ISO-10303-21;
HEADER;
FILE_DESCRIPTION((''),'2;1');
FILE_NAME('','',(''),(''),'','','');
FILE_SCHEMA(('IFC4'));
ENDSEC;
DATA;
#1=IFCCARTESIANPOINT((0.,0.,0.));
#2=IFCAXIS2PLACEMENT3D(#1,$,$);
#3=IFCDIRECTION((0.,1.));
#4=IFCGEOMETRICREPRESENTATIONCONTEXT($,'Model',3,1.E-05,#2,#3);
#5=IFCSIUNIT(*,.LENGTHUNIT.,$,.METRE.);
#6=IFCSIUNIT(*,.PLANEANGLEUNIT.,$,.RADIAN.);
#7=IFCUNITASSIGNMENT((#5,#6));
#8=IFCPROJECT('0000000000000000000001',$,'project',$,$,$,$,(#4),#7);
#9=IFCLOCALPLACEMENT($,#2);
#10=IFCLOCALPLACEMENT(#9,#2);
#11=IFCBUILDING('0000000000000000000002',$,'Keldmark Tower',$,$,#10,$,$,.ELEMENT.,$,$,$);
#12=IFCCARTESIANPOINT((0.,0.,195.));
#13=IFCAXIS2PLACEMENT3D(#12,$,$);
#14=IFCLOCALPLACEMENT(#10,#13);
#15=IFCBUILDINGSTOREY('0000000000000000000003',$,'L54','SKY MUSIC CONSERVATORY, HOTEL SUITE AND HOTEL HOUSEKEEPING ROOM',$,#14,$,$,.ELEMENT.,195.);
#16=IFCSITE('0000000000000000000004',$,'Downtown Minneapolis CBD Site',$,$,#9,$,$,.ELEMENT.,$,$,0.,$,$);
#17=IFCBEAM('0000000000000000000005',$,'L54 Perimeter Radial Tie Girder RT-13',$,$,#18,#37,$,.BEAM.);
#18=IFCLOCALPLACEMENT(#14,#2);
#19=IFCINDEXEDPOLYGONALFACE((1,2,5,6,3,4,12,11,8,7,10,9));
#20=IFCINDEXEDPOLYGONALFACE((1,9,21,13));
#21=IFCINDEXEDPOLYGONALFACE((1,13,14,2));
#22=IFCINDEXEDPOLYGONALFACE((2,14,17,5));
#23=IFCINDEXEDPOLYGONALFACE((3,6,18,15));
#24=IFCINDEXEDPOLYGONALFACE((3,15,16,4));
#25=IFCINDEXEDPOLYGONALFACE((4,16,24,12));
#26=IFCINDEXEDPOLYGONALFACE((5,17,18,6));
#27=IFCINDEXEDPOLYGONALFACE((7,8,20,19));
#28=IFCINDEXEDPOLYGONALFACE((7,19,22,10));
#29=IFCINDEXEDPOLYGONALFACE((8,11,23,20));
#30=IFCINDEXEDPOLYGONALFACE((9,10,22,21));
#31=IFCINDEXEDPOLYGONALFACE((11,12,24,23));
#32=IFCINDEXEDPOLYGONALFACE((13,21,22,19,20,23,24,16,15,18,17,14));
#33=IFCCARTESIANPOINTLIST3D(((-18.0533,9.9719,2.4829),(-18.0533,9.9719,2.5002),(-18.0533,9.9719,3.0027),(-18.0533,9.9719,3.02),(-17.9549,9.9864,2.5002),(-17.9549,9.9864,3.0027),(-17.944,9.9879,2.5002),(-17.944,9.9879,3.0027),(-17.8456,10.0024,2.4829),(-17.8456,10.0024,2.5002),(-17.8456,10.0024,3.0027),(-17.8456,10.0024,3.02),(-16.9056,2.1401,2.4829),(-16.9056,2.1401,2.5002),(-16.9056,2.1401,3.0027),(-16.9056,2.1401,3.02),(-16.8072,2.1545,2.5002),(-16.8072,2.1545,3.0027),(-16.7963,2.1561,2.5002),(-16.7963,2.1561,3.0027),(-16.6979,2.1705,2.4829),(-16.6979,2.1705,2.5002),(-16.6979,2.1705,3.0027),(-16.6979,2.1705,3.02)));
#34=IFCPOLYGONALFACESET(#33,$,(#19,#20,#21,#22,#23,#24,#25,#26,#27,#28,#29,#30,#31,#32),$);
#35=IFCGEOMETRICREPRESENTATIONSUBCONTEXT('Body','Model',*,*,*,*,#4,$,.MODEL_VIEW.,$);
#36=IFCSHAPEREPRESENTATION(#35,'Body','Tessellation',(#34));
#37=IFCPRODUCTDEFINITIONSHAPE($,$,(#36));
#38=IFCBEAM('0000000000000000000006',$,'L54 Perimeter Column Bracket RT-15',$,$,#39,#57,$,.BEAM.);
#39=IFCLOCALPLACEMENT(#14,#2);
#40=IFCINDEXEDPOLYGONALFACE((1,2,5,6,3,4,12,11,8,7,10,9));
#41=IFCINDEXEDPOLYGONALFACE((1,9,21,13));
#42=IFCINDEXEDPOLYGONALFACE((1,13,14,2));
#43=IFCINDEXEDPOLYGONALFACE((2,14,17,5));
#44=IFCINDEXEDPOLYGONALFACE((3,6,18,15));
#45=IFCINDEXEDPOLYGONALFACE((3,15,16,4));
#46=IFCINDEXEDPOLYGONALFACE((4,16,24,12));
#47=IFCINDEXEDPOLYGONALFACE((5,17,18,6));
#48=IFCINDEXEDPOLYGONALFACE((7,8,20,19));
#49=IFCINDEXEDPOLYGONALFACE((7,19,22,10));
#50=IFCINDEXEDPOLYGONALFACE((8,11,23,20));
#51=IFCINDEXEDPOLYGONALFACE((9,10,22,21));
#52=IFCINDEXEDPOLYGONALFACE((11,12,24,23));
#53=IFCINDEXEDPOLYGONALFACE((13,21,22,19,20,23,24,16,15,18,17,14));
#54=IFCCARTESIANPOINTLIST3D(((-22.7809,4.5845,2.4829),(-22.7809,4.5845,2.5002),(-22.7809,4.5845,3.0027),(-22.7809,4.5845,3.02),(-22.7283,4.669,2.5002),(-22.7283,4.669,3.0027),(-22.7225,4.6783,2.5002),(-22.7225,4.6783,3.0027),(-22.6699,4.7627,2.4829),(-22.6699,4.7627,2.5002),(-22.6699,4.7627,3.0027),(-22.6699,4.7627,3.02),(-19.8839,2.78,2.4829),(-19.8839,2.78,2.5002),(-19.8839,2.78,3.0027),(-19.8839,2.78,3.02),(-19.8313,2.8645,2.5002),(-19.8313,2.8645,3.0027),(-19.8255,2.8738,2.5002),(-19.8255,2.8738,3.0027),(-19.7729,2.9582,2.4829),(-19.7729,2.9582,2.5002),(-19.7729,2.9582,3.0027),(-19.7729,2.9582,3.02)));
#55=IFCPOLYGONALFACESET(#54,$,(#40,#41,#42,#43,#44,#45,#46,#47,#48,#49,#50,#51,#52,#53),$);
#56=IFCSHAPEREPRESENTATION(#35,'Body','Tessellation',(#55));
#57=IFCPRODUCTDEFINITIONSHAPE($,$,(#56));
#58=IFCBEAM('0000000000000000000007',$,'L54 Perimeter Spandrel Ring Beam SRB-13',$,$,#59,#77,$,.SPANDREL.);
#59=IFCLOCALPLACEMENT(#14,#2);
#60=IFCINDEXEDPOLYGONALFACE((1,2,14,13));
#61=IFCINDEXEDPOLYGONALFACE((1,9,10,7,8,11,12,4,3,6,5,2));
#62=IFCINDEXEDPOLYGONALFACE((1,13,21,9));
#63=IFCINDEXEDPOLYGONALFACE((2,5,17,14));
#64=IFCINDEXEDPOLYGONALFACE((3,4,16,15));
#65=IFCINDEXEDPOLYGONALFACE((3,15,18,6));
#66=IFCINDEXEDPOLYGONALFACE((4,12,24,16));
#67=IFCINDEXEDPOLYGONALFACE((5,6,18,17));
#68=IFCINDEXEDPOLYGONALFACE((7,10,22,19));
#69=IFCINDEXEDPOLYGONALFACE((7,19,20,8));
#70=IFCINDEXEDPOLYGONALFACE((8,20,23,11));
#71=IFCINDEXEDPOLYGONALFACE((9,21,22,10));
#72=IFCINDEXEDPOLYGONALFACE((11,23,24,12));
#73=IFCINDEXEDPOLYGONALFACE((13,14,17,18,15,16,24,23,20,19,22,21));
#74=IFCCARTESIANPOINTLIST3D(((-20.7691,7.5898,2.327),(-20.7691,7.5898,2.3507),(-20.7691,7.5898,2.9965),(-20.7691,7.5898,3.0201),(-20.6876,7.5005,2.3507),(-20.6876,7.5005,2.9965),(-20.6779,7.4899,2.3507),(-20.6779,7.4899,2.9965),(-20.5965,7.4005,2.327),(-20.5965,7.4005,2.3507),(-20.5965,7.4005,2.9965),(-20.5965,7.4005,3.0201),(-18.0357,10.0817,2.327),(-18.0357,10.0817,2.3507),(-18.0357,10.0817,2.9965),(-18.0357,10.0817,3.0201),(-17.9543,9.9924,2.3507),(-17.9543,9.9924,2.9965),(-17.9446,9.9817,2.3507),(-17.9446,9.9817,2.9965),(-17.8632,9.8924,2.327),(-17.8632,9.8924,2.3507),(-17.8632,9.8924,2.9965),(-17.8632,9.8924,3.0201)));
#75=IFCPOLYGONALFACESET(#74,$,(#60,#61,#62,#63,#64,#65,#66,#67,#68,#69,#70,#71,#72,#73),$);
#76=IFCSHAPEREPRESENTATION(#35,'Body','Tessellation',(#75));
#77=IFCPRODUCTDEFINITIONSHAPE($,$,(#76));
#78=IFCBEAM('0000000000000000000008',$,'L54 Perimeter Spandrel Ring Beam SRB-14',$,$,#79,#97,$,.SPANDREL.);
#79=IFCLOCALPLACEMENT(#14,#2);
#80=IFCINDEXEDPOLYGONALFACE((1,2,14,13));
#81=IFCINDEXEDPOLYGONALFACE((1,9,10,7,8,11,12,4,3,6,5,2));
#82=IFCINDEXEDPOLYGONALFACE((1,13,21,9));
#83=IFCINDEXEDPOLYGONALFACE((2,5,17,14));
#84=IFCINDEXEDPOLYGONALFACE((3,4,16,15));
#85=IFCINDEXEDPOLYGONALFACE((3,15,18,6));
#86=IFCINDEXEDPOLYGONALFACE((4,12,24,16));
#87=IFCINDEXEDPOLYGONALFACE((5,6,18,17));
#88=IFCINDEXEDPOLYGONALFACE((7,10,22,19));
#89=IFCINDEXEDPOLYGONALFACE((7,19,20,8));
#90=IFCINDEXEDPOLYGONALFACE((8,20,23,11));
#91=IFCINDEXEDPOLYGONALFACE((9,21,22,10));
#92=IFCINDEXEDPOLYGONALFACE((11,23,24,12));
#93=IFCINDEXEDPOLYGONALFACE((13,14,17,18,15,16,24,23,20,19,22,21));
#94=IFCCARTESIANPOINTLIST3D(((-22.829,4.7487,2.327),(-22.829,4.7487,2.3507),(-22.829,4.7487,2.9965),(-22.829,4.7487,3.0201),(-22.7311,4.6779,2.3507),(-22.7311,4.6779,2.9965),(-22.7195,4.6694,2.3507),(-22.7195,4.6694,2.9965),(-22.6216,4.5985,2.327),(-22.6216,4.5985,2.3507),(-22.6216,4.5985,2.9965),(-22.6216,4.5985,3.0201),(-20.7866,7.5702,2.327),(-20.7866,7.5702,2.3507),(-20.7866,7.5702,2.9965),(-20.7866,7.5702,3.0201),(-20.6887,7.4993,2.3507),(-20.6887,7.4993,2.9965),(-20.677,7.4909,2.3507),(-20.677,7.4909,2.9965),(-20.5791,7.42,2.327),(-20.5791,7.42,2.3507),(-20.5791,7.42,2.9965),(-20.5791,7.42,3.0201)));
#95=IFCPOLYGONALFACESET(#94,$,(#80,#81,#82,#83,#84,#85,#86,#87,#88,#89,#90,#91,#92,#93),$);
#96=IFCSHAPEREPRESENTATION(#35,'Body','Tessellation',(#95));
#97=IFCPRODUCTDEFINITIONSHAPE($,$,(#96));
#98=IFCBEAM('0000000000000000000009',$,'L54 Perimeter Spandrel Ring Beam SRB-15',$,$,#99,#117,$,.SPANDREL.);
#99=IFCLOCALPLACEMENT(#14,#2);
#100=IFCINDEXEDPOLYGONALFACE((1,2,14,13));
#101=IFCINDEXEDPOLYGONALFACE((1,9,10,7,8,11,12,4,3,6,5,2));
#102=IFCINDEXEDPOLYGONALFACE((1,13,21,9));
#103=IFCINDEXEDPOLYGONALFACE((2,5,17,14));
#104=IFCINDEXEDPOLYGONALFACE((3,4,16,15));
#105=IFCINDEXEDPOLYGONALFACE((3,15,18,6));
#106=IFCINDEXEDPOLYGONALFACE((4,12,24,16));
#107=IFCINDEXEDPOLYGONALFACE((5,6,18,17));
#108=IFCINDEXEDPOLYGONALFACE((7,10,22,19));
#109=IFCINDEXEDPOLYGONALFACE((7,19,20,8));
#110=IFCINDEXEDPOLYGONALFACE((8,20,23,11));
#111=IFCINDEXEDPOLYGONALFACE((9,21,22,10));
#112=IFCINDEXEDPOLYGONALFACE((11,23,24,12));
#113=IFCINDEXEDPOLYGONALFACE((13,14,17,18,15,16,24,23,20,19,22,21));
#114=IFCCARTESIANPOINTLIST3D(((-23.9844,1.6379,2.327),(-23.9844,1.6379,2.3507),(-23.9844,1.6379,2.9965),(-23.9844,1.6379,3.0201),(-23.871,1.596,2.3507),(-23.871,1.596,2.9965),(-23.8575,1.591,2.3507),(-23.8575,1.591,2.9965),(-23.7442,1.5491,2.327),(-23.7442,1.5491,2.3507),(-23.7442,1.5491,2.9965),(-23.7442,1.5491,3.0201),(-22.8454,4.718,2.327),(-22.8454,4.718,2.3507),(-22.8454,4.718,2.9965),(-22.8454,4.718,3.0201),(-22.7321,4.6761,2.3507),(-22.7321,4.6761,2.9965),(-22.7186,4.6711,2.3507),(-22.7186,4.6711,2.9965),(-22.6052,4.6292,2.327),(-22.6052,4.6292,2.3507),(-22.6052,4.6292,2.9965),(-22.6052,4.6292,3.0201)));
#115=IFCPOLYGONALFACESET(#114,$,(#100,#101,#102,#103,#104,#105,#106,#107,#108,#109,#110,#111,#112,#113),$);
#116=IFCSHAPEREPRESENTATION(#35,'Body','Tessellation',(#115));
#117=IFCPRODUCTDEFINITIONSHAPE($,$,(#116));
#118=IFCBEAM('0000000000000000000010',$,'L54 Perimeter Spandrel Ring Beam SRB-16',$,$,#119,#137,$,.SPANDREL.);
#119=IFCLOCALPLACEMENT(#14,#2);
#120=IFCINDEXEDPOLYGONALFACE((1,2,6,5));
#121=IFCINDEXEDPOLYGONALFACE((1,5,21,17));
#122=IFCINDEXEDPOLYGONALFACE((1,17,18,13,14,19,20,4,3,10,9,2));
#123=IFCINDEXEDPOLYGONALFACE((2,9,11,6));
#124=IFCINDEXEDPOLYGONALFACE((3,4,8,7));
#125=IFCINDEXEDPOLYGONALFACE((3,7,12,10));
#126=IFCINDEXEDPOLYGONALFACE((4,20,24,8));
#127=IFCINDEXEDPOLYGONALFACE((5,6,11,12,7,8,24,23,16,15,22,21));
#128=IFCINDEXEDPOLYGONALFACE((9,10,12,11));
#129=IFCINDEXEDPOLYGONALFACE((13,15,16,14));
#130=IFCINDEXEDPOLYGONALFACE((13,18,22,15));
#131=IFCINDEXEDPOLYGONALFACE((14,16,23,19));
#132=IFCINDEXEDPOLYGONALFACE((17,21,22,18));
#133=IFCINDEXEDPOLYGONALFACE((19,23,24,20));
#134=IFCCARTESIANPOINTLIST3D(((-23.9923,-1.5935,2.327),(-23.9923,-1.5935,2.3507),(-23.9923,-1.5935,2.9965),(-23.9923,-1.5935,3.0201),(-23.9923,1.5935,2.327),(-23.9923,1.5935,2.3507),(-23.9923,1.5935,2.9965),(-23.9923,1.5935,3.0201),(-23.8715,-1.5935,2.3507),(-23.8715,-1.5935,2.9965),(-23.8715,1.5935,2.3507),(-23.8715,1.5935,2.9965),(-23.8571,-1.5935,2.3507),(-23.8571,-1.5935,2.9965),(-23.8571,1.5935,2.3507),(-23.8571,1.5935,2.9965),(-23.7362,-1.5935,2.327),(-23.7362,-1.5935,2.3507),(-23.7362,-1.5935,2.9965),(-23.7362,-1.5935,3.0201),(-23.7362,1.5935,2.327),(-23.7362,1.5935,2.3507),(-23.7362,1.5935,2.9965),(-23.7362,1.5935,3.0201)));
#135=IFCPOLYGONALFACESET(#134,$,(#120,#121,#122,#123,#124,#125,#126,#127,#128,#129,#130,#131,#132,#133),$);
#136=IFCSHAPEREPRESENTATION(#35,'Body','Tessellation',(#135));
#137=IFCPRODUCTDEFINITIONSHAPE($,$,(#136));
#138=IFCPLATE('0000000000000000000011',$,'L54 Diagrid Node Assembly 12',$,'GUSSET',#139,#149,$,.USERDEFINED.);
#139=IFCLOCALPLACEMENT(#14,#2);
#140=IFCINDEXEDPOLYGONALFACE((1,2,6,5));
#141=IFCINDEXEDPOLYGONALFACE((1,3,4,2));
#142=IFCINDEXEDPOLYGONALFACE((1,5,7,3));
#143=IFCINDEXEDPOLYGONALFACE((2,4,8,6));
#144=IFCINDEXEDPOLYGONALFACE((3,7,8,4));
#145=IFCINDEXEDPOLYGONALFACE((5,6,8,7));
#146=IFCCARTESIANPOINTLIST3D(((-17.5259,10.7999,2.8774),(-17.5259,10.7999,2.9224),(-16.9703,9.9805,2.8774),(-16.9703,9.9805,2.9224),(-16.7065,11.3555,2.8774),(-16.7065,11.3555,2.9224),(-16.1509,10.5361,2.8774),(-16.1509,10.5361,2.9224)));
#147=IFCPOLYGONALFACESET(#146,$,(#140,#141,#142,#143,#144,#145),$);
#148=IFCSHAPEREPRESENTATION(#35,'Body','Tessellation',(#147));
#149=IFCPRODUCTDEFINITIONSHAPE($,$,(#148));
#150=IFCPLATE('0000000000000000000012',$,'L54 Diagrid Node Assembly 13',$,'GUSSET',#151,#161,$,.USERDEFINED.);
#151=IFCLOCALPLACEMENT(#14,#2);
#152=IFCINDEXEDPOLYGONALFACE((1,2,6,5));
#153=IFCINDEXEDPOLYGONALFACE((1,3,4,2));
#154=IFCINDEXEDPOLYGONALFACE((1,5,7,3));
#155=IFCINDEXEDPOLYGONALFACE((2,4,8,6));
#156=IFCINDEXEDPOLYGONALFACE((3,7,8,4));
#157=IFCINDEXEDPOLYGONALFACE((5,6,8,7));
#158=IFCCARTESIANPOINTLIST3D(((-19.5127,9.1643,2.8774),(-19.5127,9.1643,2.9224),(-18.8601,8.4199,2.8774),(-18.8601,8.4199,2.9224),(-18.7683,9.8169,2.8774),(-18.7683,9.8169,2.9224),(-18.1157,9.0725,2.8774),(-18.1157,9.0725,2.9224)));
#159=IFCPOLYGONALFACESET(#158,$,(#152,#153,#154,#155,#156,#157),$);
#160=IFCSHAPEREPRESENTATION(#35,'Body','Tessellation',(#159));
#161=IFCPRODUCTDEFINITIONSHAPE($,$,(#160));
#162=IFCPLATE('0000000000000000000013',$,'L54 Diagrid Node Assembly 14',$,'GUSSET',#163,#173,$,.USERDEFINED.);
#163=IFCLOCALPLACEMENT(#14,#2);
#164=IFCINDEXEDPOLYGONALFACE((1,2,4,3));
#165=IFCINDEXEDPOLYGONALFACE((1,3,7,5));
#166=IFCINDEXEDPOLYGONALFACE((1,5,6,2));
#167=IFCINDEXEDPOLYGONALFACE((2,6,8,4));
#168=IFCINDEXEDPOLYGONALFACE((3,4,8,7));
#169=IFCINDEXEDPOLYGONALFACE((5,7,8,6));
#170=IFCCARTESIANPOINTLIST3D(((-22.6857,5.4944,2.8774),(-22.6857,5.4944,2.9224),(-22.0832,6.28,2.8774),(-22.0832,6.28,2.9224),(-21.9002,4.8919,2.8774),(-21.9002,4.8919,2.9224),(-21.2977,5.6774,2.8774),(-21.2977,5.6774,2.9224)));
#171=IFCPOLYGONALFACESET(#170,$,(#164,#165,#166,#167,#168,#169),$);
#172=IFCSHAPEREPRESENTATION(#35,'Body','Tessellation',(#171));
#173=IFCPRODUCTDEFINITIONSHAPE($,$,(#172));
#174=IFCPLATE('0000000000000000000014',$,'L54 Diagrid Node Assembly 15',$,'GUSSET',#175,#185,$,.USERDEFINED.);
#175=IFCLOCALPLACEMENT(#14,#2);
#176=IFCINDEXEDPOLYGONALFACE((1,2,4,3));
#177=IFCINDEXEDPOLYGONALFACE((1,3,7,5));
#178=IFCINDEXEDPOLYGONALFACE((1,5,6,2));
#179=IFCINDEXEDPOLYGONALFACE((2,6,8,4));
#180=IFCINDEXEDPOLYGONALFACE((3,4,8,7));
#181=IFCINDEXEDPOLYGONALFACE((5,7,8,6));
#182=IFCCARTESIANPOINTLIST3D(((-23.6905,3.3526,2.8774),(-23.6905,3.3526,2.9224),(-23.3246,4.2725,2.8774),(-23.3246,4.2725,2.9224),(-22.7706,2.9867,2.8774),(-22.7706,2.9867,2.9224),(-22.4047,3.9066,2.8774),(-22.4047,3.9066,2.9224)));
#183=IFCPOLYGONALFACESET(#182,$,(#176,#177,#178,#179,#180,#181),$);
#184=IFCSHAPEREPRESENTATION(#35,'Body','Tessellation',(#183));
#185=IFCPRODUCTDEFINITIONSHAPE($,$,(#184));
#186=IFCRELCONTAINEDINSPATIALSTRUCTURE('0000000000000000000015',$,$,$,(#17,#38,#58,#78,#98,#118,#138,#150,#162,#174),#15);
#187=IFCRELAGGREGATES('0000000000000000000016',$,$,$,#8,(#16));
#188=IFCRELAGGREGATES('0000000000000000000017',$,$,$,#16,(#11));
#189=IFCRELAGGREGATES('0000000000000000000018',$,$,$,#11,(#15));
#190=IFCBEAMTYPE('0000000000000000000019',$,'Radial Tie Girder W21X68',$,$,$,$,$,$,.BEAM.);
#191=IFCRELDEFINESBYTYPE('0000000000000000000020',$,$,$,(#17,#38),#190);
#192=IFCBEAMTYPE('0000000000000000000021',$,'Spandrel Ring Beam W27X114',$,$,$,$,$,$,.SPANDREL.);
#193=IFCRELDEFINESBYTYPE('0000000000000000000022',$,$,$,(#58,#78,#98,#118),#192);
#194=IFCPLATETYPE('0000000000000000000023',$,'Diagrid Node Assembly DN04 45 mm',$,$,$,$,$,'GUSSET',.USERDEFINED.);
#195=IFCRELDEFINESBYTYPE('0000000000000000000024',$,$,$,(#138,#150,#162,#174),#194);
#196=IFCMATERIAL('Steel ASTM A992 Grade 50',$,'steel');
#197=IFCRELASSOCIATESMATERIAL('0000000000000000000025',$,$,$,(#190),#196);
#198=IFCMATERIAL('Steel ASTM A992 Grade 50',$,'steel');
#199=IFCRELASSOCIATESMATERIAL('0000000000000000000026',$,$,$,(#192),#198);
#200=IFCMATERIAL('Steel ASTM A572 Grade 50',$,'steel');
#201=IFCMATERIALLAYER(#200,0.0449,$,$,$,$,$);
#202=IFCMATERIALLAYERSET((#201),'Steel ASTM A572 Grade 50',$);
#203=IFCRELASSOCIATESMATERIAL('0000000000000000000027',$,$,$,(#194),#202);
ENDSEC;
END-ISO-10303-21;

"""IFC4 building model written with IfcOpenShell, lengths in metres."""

from ifc_helpers import new_model, si_unit, direction, frame, origin, origin_2d, place, context, subcontext, project, spatial, rectangle, i_section, extrude, material, layer, layer_set, material_profile, profile_set, type_object, element, save


model = new_model("IFC4")

# Units and contexts
model_context = context("Model", 3, precision=1e-05, world=origin(), true_north=direction((0.0, 1.0)))
body_context = subcontext(model_context, "Body", "Model", "MODEL_VIEW")
ifc_project = project(units=[si_unit("LENGTHUNIT", "METRE"), si_unit("PLANEANGLEUNIT", "RADIAN")], contexts=[model_context])

# Site, building, storey
site_placement = place(None, origin())
site = spatial("IfcSite", under=ifc_project, at=site_placement, Name="Downtown Minneapolis CBD Site", CompositionType="ELEMENT", RefElevation=0.0)
building_placement = place(site_placement, origin())
building = spatial("IfcBuilding", under=site, at=building_placement, Name="Keldmark Tower", CompositionType="ELEMENT")
storey_placement = place(building_placement, frame((0.0, 0.0, 195.0)))
storey = spatial("IfcBuildingStorey", under=building, at=storey_placement, Name="L54", Description="SKY MUSIC CONSERVATORY, HOTEL SUITE AND HOTEL HOUSEKEEPING ROOM", CompositionType="ELEMENT", Elevation=195.0)

# Beams
ifc_material_1 = material(Name="Steel ASTM A992 Grade 50", Category="steel")
ifc_material_profile_1 = material_profile(ifc_material_1, i_section(OverallWidth=0.21, OverallDepth=0.5371, WebThickness=0.011, FlangeThickness=0.0173, at=origin_2d()), Name="W21X68")
ifc_profile_set_1 = profile_set([ifc_material_profile_1], Name="Steel ASTM A992 Grade 50")
beam_type_1 = type_object("IfcBeamType", Name="Radial Tie Girder W21X68", PredefinedType="BEAM", material=ifc_profile_set_1)
beam_1_placement = place(storey_placement, frame((-16.8018, 2.1553, 2.7515), z_axis=(-0.144996, 0.989432, 0.0), x_axis=(-0.989432, -0.144996, 0.0)))
element("IfcBeam", 1, at=beam_1_placement, inside=storey, type_object=beam_type_1, Name="L54 Perimeter Radial Tie Girder RT-13", PredefinedType="BEAM", context=body_context, shape_type="SweptSolid", body=[
    extrude(i_section(OverallWidth=0.21, OverallDepth=0.5371, WebThickness=0.011, FlangeThickness=0.0173, at=origin_2d()), origin(), (0.0, 0.0, 1.0), 7.9155),
])
beam_2_placement = place(storey_placement, frame((-19.8284, 2.8691, 2.7515), z_axis=(-0.848809, 0.528699, 0.0), x_axis=(-0.528699, -0.848809, 0.0)))
element("IfcBeam", 2, at=beam_2_placement, inside=storey, type_object=beam_type_1, Name="L54 Perimeter Column Bracket RT-15", PredefinedType="BEAM", context=body_context, shape_type="SweptSolid", body=[
    extrude(i_section(OverallWidth=0.21, OverallDepth=0.5371, WebThickness=0.011, FlangeThickness=0.0173, at=origin_2d()), origin(), (0.0, 0.0, 1.0), 3.4131),
])
ifc_material_2 = material(Name="Steel ASTM A992 Grade 50", Category="steel")
ifc_material_profile_2 = material_profile(ifc_material_2, i_section(OverallWidth=0.2561, OverallDepth=0.6931, WebThickness=0.0144, FlangeThickness=0.0237, at=origin_2d()), Name="W27X114")
ifc_profile_set_2 = profile_set([ifc_material_profile_2], Name="Steel ASTM A992 Grade 50")
beam_type_2 = type_object("IfcBeamType", Name="Spandrel Ring Beam W27X114", PredefinedType="SPANDREL", material=ifc_profile_set_2)
beam_3_placement = place(storey_placement, frame((-17.9495, 9.9871, 2.6736), z_axis=(-0.738993, -0.673714, 0.0), x_axis=(0.673714, -0.738993, 0.0)))
element("IfcBeam", 3, at=beam_3_placement, inside=storey, type_object=beam_type_2, Name="L54 Perimeter Spandrel Ring Beam SRB-13", PredefinedType="SPANDREL", context=body_context, shape_type="SweptSolid", body=[
    extrude(i_section(OverallWidth=0.2561, OverallDepth=0.6931, WebThickness=0.0144, FlangeThickness=0.0237, at=origin_2d()), origin(), (0.0, 0.0, 1.0), 3.6987),
])
beam_4_placement = place(storey_placement, frame((-20.6829, 7.4951, 2.6736), z_axis=(-0.586378, -0.810037, 0.0), x_axis=(0.810037, -0.586378, 0.0)))
element("IfcBeam", 4, at=beam_4_placement, inside=storey, type_object=beam_type_2, Name="L54 Perimeter Spandrel Ring Beam SRB-14", PredefinedType="SPANDREL", context=body_context, shape_type="SweptSolid", body=[
    extrude(i_section(OverallWidth=0.2561, OverallDepth=0.6931, WebThickness=0.0144, FlangeThickness=0.0237, at=origin_2d()), origin(), (0.0, 0.0, 1.0), 3.4832),
])
beam_5_placement = place(storey_placement, frame((-22.7253, 4.6736, 2.6736), z_axis=(-0.346818, -0.937932, 0.0), x_axis=(0.937932, -0.346818, 0.0)))
element("IfcBeam", 5, at=beam_5_placement, inside=storey, type_object=beam_type_2, Name="L54 Perimeter Spandrel Ring Beam SRB-15", PredefinedType="SPANDREL", context=body_context, shape_type="SweptSolid", body=[
    extrude(i_section(OverallWidth=0.2561, OverallDepth=0.6931, WebThickness=0.0144, FlangeThickness=0.0237, at=origin_2d()), origin(), (0.0, 0.0, 1.0), 3.2839),
])
beam_6_placement = place(storey_placement, frame((-23.8643, 1.5935, 2.6736), z_axis=(0.0, -1.0, 0.0), x_axis=(1.0, 0.0, 0.0)))
element("IfcBeam", 6, at=beam_6_placement, inside=storey, type_object=beam_type_2, Name="L54 Perimeter Spandrel Ring Beam SRB-16", PredefinedType="SPANDREL", context=body_context, shape_type="SweptSolid", body=[
    extrude(i_section(OverallWidth=0.2561, OverallDepth=0.6931, WebThickness=0.0144, FlangeThickness=0.0237, at=origin_2d()), origin(), (0.0, 0.0, 1.0), 3.187),
])

# Plates
ifc_material_3 = material(Name="Steel ASTM A572 Grade 50", Category="steel")
ifc_layer_1 = layer(ifc_material_3, 0.0449)
ifc_layer_set_1 = layer_set([ifc_layer_1], Name="Steel ASTM A572 Grade 50")
plate_type = type_object("IfcPlateType", Name="Diagrid Node Assembly DN04 45 mm", ElementType="GUSSET", PredefinedType="USERDEFINED", material=ifc_layer_set_1)
for number, where, z_axis, x_axis, name in (
    (7, (-16.8384, 10.668, 2.8774), (0.0, 0.0, 1.0), (-0.827669, -0.561217, 0.0), "L54 Diagrid Node Assembly 12"),
    (8, (-18.8142, 9.1184, 2.8774), (0.0, 0.0, 1.0), (-0.751955, -0.659215, 0.0), "L54 Diagrid Node Assembly 13"),
    (9, (-21.9917, 5.5859, 2.8774), (0.0, 0.0, 1.0), (-0.608623, -0.79346, 0.0), "L54 Diagrid Node Assembly 14"),
    (10, (-23.0476, 3.6296, 2.8774), (0.0, 0.0, 1.0), (-0.369585, -0.929197, 0.0), "L54 Diagrid Node Assembly 15"),
):
    element("IfcPlate", number, at=place(storey_placement, frame(where, z_axis=z_axis, x_axis=x_axis)), inside=storey, type_object=plate_type, Name=name, ObjectType="GUSSET", PredefinedType="USERDEFINED", context=body_context, shape_type="SweptSolid", body=[
        extrude(rectangle(XDim=0.99, YDim=0.99, at=origin_2d()), origin(), (0.0, 0.0, 1.0), 0.0449),
    ])

save(model, "model.ifc")
